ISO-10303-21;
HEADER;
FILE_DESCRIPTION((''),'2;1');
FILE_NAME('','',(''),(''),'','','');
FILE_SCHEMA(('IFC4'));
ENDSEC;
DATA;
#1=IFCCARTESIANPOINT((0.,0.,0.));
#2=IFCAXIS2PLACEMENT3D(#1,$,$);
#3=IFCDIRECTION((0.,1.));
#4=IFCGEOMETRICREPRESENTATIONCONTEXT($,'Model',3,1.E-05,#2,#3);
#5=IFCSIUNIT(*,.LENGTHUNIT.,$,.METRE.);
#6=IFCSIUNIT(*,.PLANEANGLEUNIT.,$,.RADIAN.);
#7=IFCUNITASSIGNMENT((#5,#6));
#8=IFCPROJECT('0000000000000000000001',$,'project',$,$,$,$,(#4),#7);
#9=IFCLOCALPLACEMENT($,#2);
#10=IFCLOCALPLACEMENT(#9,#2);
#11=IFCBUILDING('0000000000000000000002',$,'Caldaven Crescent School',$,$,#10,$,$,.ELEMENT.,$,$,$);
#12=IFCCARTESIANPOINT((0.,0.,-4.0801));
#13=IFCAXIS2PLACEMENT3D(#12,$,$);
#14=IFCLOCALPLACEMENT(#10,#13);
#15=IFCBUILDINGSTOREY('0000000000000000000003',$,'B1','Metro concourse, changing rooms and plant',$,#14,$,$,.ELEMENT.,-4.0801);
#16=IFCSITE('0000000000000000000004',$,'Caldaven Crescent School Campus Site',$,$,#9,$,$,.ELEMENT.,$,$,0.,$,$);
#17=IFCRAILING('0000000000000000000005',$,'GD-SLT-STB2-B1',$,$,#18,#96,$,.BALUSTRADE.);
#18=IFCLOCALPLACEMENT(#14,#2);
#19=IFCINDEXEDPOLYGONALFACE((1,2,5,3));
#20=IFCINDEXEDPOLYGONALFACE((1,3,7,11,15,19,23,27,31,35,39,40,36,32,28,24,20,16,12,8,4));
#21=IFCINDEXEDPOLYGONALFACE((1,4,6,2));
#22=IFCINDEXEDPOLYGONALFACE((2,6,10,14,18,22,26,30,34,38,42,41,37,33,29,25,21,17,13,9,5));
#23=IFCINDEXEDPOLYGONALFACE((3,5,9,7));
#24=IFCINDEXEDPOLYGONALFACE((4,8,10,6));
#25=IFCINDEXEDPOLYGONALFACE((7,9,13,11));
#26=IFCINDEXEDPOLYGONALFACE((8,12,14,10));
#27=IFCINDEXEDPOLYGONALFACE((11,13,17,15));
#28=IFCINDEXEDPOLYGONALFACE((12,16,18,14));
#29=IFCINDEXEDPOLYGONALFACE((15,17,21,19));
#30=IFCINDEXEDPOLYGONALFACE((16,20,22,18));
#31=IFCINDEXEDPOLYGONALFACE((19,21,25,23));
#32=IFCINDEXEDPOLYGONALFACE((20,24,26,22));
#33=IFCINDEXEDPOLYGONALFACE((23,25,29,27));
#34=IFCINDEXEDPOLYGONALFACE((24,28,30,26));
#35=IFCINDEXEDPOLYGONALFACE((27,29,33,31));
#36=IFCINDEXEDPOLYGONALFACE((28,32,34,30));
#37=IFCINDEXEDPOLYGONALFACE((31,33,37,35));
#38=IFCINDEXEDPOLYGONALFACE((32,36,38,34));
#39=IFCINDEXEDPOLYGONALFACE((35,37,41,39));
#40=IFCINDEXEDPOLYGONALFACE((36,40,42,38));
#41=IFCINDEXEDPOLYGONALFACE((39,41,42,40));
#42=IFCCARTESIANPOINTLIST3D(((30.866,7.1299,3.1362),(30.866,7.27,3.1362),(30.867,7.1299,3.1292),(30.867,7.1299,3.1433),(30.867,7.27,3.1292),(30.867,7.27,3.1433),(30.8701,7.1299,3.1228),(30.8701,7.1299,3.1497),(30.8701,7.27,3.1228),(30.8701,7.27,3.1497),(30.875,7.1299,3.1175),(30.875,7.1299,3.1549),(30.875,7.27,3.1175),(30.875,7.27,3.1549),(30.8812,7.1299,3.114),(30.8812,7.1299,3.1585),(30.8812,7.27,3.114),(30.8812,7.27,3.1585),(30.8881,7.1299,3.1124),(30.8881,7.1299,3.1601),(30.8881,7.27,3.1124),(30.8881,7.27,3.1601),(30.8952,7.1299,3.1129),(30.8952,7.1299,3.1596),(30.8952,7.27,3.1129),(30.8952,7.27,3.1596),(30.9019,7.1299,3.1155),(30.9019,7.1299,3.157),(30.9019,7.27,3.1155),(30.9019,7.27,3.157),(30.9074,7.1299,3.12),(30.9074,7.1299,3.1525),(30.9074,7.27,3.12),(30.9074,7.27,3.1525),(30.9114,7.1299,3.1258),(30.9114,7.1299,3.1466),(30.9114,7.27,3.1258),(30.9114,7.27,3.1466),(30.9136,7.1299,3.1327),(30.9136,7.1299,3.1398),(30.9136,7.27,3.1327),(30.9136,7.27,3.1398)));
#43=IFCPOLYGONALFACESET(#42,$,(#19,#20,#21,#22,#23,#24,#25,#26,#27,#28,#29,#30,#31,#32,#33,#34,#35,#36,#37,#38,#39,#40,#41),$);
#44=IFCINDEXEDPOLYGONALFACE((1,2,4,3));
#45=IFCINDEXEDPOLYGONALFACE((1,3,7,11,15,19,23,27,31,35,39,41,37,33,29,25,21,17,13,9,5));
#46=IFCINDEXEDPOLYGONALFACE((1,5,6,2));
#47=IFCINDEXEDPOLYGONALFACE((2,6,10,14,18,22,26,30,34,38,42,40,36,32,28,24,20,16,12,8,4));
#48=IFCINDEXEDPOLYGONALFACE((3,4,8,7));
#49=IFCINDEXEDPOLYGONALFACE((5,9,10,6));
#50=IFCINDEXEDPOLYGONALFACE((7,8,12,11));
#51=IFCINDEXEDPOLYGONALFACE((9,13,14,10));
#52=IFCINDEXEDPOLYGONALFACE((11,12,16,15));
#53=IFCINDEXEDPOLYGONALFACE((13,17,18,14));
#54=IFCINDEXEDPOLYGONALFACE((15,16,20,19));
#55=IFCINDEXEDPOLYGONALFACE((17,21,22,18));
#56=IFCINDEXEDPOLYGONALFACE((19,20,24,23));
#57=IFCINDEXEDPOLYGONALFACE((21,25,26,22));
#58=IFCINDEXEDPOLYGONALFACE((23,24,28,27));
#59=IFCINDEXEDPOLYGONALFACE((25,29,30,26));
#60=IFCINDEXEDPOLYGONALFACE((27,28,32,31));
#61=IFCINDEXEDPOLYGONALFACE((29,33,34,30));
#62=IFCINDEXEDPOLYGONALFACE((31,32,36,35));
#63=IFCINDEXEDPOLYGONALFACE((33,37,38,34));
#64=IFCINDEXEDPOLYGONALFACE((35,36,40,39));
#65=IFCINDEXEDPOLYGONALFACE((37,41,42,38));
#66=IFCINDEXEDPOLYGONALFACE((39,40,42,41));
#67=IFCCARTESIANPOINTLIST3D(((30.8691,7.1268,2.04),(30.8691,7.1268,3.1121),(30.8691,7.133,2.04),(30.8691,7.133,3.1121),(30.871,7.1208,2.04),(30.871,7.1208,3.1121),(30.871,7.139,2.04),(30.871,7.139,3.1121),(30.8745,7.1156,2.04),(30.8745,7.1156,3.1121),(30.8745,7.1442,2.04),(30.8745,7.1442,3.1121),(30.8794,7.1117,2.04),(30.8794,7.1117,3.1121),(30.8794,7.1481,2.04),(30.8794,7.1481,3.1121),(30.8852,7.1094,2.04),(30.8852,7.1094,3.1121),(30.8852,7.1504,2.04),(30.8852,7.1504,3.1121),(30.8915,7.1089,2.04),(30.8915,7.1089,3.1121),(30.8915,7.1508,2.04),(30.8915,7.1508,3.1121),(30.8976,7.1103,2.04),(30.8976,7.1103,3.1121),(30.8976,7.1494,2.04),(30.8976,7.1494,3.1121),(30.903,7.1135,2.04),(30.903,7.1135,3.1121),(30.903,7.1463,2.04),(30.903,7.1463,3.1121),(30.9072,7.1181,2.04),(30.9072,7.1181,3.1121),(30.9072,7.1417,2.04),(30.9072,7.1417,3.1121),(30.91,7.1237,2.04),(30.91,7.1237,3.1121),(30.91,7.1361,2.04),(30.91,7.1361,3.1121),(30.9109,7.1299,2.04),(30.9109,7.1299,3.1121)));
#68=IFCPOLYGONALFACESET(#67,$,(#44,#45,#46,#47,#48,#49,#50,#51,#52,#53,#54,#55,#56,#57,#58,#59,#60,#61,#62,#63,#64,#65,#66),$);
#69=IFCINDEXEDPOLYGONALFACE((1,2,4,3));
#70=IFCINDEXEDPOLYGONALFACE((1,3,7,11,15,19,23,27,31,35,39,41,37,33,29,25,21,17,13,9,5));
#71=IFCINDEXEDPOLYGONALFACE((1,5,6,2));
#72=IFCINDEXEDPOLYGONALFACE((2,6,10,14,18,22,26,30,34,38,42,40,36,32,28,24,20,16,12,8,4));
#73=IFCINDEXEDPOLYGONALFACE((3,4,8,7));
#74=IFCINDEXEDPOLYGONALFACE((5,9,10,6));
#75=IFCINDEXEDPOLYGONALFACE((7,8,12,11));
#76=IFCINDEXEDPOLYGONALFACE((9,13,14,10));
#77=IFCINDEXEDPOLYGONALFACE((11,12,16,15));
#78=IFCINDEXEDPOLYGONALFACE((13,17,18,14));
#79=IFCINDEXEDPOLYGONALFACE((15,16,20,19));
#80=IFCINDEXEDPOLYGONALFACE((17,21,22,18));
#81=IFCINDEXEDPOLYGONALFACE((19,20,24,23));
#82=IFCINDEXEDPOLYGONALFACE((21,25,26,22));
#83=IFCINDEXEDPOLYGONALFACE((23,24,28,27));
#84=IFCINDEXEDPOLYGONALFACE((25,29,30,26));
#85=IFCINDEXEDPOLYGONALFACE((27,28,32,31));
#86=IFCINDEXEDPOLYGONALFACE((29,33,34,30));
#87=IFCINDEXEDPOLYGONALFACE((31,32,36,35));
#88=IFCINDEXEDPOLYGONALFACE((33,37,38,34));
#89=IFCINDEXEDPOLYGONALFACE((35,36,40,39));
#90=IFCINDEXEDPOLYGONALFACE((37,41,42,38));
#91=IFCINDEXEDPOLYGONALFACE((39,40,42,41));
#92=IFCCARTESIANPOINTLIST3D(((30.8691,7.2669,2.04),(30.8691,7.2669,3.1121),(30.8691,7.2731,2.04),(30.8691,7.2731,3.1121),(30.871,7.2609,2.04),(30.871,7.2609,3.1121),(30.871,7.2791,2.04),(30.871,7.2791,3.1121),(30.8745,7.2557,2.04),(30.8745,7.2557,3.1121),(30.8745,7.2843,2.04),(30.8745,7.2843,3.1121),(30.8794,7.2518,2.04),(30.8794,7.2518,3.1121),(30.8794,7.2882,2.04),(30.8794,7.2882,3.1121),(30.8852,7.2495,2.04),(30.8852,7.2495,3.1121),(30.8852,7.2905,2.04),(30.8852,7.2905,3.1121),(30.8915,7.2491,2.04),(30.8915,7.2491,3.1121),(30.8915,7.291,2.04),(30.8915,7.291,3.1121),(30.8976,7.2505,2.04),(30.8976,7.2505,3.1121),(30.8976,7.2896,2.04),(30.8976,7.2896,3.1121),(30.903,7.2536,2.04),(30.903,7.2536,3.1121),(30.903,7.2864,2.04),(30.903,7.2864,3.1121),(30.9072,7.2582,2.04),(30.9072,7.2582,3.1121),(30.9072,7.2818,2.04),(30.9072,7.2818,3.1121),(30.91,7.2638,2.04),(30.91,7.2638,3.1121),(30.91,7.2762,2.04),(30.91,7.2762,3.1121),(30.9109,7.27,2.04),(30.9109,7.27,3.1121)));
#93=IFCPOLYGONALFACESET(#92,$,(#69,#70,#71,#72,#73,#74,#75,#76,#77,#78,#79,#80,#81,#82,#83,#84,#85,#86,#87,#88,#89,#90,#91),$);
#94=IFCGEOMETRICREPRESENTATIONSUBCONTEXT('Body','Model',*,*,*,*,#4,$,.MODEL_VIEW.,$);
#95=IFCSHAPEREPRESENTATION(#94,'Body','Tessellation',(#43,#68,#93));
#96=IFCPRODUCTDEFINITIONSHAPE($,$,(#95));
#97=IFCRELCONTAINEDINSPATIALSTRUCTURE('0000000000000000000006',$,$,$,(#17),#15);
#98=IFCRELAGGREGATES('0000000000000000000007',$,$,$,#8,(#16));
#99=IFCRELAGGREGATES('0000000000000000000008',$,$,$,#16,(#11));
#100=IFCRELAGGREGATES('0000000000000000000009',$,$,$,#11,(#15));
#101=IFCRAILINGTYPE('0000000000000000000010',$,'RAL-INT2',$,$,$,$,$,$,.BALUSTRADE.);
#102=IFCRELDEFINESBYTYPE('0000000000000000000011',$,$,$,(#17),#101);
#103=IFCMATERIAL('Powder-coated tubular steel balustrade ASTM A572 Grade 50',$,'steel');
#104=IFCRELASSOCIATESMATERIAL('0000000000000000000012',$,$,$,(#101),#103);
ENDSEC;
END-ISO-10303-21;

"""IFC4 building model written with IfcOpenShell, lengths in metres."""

from ifc_helpers import new_model, si_unit, direction, frame, origin, origin_2d, place, context, subcontext, project, spatial, circle, extrude, material, type_object, element, save


model = new_model("IFC4")

# Units and contexts
model_context = context("Model", 3, precision=1e-05, world=origin(), true_north=direction((0.0, 1.0)))
body_context = subcontext(model_context, "Body", "Model", "MODEL_VIEW")
ifc_project = project(units=[si_unit("LENGTHUNIT", "METRE"), si_unit("PLANEANGLEUNIT", "RADIAN")], contexts=[model_context])

# Site, building, storey
site_placement = place(None, origin())
site = spatial("IfcSite", under=ifc_project, at=site_placement, Name="Caldaven Crescent School Campus Site", CompositionType="ELEMENT", RefElevation=0.0)
building_placement = place(site_placement, origin())
building = spatial("IfcBuilding", under=site, at=building_placement, Name="Caldaven Crescent School", CompositionType="ELEMENT")
storey_placement = place(building_placement, frame((0.0, 0.0, -4.0801)))
storey = spatial("IfcBuildingStorey", under=building, at=storey_placement, Name="B1", Description="Metro concourse, changing rooms and plant", CompositionType="ELEMENT", Elevation=-4.0801)

# Railing
ifc_material_1 = material(Name="Powder-coated tubular steel balustrade ASTM A572 Grade 50", Category="steel")
railing_type_1 = type_object("IfcRailingType", Name="RAL-INT2", PredefinedType="BALUSTRADE", material=ifc_material_1)
railing_1_placement = place(storey_placement, frame((30.8899, 7.1299, 2.04)))
element("IfcRailing", 1, at=railing_1_placement, inside=storey, type_object=railing_type_1, Name="GD-SLT-STB2-B1", PredefinedType="BALUSTRADE", context=body_context, shape_type="SweptSolid", body=[
    extrude(circle(Radius=0.0239, at=origin_2d()), frame((0.0, 0.0, 1.0962), z_axis=(0.0, 1.0, 0.0), x_axis=(-1.0, 0.0, 0.0)), (0.0, 0.0, 1.0), 0.1401),
    extrude(circle(Radius=0.021, at=origin_2d()), origin(), (0.0, 0.0, 1.0), 1.072),
    extrude(circle(Radius=0.021, at=origin_2d()), frame((0.0, 0.1401, 0.0)), (0.0, 0.0, 1.0), 1.072),
])

save(model, "model.ifc")
